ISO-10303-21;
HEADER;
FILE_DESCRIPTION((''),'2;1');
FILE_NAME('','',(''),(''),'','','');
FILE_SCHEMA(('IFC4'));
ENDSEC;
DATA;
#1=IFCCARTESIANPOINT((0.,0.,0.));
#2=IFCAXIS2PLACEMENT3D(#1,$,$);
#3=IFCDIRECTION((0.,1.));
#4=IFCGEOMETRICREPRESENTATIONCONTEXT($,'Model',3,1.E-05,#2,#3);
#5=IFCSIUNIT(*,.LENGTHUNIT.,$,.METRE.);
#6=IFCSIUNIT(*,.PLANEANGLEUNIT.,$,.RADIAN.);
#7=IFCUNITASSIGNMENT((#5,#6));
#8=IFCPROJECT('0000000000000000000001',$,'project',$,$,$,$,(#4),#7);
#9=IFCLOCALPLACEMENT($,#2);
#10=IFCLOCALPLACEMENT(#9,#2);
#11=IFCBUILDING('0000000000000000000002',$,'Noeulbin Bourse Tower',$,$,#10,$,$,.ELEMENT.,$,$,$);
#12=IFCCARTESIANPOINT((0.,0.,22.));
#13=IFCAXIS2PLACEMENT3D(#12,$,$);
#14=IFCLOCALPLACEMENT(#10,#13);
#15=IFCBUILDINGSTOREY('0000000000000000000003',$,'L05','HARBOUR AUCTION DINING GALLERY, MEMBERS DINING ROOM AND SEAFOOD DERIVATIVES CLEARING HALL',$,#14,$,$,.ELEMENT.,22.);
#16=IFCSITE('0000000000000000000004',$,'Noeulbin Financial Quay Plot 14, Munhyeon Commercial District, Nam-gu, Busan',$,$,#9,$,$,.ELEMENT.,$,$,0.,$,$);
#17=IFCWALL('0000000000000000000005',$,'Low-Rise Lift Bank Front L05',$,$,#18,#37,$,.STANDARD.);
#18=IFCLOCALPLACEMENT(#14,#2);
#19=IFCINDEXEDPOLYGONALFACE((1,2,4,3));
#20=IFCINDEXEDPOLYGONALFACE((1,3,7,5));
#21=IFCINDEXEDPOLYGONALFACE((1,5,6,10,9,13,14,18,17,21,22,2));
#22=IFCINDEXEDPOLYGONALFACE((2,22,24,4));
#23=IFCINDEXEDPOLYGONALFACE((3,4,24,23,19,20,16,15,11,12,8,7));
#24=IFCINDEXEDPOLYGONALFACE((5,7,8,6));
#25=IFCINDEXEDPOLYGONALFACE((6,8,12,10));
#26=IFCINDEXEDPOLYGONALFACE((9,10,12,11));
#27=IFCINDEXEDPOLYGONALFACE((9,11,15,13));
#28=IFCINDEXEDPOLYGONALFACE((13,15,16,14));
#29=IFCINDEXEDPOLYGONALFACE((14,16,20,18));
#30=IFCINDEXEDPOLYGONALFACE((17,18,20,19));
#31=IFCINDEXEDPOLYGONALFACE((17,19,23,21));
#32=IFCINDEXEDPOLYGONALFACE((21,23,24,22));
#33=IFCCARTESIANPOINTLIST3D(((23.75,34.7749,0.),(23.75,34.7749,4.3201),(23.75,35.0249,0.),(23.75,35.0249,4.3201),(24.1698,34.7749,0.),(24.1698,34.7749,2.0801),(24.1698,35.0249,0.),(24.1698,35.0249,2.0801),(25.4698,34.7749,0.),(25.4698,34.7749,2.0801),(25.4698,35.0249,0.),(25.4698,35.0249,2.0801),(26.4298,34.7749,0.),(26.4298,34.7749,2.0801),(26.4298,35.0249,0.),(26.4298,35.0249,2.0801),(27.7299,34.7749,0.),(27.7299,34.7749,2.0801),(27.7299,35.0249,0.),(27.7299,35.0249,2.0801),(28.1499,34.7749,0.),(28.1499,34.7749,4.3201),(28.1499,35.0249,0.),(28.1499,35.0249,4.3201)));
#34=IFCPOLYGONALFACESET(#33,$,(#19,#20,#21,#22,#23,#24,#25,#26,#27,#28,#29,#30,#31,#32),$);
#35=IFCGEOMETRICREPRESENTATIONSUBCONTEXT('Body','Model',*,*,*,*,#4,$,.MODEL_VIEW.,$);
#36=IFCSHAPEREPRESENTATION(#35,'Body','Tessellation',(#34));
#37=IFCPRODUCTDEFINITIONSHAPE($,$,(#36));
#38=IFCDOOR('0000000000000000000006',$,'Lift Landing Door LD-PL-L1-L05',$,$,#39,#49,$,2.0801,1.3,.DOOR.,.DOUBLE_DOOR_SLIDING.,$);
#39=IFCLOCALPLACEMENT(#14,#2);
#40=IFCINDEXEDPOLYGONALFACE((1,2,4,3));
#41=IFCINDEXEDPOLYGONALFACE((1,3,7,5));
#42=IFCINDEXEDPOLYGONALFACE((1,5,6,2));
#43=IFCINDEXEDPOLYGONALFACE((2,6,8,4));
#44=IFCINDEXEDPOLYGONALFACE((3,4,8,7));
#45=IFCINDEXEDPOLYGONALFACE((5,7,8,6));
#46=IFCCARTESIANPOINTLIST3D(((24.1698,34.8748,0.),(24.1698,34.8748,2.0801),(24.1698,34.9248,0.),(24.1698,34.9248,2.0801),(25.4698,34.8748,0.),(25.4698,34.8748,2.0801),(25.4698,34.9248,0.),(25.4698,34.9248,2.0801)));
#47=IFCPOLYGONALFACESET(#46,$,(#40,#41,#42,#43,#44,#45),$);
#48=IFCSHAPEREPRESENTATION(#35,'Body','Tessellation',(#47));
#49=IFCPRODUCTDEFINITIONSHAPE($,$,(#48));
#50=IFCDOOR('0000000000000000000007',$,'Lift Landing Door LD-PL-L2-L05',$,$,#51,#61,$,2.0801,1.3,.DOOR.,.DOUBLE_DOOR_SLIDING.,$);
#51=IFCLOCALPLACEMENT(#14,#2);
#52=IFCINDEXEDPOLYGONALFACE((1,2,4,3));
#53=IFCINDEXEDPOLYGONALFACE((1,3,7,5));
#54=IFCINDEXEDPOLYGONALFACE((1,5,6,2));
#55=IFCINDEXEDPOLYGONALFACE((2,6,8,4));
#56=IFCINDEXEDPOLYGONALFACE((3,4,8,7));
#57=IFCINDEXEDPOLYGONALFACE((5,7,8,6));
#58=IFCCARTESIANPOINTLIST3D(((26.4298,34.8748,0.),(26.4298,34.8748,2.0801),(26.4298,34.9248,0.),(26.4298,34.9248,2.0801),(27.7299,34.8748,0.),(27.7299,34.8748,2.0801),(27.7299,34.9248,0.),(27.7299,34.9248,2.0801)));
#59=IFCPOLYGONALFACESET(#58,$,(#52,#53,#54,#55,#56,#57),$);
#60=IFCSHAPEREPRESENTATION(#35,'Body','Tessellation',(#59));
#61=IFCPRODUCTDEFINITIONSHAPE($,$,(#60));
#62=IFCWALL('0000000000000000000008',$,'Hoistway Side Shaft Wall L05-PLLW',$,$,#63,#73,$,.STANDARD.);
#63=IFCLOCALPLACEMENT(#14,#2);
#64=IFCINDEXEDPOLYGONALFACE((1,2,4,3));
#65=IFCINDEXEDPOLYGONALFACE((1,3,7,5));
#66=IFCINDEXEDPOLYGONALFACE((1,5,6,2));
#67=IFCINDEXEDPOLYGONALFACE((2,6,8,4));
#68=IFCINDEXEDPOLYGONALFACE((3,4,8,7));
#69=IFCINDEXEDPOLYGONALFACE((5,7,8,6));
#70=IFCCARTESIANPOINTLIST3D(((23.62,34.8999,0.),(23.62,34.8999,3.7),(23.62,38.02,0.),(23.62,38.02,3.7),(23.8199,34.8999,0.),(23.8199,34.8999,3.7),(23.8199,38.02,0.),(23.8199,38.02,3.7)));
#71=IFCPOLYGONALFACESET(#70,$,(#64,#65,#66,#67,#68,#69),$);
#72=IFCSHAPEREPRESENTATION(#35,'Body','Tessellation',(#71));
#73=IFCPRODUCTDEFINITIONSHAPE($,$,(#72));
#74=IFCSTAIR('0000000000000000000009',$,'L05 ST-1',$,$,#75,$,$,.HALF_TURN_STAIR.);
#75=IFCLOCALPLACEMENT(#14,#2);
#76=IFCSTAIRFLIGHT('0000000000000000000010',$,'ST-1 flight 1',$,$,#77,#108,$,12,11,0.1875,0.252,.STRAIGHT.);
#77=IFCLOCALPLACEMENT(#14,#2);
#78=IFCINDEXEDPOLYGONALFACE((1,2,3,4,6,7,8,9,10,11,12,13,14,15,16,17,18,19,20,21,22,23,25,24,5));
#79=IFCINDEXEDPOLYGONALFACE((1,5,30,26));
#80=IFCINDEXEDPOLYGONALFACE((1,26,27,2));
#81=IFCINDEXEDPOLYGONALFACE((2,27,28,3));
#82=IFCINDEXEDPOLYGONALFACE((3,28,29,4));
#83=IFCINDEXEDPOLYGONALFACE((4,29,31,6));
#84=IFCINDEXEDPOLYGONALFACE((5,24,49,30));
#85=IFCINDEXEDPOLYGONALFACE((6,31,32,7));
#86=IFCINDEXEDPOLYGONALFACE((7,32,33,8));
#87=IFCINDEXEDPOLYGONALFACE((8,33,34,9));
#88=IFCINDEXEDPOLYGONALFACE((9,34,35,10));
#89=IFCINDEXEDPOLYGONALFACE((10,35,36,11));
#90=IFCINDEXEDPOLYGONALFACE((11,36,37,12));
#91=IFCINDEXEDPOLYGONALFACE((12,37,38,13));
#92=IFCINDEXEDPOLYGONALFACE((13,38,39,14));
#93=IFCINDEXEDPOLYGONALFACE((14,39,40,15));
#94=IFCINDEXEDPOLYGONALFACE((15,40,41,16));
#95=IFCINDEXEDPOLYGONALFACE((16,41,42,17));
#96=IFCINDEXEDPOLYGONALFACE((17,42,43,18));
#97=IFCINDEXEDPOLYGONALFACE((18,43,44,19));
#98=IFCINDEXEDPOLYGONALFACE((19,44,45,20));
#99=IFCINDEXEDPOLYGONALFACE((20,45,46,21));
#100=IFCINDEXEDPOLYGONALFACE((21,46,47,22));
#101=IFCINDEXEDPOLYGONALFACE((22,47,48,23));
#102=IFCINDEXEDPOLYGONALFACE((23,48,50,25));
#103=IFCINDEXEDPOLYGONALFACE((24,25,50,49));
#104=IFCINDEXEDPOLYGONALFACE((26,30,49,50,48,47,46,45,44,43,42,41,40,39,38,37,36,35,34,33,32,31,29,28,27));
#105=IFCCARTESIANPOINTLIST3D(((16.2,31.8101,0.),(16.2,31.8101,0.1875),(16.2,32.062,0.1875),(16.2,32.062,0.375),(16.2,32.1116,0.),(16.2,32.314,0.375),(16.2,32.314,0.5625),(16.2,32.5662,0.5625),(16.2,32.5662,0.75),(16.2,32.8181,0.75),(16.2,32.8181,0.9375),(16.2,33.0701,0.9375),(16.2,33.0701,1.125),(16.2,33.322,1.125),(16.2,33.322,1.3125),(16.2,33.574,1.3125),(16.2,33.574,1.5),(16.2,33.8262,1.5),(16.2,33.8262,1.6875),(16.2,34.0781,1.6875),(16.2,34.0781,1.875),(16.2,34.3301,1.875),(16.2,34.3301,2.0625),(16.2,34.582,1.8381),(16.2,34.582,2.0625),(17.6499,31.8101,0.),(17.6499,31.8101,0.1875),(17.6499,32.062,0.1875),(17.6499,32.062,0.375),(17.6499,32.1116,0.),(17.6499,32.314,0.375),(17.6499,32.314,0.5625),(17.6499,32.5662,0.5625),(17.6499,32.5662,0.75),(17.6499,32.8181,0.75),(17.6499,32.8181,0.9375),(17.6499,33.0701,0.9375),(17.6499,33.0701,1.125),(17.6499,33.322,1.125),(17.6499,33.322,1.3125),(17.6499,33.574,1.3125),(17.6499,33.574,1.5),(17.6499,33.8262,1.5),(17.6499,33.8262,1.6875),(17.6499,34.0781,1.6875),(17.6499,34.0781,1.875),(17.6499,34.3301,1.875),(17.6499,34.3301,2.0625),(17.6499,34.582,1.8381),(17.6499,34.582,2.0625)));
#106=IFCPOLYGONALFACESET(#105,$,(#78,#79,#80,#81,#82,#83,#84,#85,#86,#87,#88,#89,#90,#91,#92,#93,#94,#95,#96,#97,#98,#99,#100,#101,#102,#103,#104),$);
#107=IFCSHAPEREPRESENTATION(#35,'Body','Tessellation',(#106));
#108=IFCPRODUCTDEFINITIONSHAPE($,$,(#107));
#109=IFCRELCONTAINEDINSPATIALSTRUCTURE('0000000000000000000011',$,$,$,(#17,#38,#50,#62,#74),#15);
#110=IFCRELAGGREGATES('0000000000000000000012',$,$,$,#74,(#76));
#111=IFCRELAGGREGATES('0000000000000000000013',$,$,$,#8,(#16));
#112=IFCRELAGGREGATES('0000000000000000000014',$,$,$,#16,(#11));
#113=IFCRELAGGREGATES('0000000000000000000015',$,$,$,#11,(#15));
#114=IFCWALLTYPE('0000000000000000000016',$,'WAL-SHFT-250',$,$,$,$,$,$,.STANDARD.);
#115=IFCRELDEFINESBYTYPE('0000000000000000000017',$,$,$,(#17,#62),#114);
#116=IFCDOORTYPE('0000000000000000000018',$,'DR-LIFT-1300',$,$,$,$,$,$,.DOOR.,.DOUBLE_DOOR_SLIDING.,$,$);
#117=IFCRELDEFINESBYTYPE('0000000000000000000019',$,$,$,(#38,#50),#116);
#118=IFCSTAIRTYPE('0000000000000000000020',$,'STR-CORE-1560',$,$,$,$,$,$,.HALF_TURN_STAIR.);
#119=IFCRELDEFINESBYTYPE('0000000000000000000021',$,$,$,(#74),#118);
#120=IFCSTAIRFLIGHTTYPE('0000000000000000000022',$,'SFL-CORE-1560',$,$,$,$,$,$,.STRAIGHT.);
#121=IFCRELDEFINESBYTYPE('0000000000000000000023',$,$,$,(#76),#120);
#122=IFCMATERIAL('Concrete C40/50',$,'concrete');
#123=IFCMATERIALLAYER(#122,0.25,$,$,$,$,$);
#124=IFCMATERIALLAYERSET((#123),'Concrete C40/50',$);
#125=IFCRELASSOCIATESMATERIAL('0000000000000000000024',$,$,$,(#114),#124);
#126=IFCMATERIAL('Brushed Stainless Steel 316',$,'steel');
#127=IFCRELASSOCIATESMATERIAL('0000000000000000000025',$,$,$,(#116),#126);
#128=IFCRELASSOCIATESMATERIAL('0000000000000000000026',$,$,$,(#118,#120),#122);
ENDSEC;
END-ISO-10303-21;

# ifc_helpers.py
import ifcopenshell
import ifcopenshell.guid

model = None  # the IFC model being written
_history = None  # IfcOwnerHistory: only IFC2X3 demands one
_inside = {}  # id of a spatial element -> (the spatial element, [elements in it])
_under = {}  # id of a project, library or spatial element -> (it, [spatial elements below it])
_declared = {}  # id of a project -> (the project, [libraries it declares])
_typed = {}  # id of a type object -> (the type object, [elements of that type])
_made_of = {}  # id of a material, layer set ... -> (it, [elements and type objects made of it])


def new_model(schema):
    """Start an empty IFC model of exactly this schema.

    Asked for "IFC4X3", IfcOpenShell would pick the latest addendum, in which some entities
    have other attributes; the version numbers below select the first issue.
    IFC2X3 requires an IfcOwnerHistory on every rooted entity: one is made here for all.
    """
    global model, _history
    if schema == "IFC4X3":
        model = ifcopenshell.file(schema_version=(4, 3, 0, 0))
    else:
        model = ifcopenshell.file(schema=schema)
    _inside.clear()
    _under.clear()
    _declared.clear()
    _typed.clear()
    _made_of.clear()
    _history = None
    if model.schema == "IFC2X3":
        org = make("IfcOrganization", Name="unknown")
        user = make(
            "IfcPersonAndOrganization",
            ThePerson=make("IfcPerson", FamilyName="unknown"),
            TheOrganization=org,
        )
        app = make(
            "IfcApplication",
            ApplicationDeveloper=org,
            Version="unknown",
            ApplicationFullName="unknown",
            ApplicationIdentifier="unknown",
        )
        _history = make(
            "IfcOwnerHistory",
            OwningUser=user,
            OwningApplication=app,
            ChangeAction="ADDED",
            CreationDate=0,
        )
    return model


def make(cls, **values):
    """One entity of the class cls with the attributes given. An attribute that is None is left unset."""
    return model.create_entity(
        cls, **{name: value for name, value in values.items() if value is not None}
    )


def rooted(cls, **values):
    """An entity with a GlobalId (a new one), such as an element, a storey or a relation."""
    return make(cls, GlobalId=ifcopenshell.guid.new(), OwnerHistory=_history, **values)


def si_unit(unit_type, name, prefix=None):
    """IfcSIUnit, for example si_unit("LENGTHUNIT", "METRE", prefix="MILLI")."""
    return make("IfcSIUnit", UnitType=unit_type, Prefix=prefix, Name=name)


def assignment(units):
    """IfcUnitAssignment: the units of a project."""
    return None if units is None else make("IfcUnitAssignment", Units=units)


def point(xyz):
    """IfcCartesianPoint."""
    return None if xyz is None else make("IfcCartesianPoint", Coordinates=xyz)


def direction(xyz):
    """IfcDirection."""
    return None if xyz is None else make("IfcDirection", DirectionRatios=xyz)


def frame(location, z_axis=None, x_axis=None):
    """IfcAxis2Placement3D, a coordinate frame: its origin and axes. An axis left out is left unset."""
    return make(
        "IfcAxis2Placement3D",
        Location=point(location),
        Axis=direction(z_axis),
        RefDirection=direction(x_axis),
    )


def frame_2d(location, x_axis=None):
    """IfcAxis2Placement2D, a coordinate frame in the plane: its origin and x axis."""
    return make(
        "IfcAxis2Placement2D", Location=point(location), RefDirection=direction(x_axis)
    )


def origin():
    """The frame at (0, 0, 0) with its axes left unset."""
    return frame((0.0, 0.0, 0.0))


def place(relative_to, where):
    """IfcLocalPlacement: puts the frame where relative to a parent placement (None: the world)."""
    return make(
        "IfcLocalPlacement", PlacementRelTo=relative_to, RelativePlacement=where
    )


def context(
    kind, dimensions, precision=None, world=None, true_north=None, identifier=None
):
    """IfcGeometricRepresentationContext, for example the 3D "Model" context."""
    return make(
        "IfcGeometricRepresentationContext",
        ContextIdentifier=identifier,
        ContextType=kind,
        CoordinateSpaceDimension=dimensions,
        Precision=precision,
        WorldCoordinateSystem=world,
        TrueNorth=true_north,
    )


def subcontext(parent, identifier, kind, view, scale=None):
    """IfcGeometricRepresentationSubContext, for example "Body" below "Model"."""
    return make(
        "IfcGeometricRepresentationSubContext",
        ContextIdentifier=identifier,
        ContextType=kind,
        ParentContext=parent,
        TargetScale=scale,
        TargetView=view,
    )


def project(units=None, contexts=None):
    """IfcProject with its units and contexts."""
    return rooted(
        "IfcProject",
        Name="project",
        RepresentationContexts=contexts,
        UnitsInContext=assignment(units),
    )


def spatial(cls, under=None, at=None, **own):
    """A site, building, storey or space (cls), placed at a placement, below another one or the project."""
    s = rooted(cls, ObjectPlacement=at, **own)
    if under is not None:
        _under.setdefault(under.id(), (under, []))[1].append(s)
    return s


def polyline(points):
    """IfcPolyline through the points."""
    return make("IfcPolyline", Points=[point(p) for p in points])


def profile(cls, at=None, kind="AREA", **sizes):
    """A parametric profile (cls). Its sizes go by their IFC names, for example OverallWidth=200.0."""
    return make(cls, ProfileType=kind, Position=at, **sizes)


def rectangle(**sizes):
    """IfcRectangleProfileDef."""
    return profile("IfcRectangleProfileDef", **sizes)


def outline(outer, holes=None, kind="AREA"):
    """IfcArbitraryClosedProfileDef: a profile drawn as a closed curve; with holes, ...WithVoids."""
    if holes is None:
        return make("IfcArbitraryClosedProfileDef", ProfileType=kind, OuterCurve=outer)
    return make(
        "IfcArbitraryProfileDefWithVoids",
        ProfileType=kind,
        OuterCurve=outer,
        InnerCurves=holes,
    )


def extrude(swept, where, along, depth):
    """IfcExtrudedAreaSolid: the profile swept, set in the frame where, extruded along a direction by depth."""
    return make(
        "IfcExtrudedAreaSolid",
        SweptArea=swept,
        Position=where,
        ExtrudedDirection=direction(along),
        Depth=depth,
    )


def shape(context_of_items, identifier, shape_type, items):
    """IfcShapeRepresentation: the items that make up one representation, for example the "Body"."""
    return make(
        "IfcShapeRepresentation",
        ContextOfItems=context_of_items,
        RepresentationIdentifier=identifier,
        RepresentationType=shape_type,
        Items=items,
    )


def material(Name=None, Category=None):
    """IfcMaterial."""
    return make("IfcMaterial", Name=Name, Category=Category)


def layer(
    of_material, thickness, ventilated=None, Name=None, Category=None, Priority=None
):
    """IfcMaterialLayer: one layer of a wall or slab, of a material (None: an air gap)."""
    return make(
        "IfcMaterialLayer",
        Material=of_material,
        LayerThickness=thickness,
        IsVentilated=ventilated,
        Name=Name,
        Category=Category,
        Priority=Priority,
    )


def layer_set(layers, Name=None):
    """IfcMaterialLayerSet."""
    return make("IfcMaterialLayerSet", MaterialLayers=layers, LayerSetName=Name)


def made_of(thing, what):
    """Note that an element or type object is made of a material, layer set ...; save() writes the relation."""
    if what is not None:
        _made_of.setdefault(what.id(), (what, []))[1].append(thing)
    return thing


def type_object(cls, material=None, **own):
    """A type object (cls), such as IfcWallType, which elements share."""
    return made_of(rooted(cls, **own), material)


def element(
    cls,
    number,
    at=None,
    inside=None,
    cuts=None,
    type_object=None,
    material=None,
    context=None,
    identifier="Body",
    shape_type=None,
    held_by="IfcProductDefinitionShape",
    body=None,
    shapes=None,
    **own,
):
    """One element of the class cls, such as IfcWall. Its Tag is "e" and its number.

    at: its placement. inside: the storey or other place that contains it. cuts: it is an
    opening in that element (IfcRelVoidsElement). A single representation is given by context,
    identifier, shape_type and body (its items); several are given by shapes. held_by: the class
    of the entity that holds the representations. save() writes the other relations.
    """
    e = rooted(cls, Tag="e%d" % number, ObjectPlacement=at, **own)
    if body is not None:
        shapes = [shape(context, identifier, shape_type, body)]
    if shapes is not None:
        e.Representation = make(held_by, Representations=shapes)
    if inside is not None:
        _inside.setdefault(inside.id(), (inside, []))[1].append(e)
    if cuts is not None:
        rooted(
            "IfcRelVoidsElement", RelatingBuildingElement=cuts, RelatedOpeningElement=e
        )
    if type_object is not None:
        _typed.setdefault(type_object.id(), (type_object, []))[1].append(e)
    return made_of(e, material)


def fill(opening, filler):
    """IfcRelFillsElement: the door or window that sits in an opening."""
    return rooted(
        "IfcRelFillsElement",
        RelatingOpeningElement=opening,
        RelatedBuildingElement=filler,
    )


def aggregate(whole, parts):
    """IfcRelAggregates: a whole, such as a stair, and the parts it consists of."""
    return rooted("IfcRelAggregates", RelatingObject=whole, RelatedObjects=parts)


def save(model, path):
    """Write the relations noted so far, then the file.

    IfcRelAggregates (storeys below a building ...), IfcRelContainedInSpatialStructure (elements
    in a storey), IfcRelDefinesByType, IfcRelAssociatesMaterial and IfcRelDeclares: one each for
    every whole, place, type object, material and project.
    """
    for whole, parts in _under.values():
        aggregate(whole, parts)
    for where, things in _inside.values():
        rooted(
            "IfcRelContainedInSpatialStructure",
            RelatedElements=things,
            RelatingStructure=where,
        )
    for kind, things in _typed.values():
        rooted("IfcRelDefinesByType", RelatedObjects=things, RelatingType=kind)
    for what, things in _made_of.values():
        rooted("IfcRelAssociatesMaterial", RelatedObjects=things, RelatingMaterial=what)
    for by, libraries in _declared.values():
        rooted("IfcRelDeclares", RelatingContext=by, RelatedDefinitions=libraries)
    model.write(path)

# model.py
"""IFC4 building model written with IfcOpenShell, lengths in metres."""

from ifc_helpers import new_model, si_unit, direction, frame, frame_2d, origin, place, context, subcontext, project, spatial, polyline, rectangle, outline, extrude, material, layer, layer_set, type_object, element, fill, aggregate, save


model = new_model("IFC4")

# Units and contexts
model_context = context("Model", 3, precision=1e-05, world=origin(), true_north=direction((0.0, 1.0)))
body_context = subcontext(model_context, "Body", "Model", "MODEL_VIEW")
ifc_project = project(units=[si_unit("LENGTHUNIT", "METRE"), si_unit("PLANEANGLEUNIT", "RADIAN")], contexts=[model_context])

# Site, building, storey
site_placement = place(None, origin())
site = spatial("IfcSite", under=ifc_project, at=site_placement, Name="Noeulbin Financial Quay Plot 14, Munhyeon Commercial District, Nam-gu, Busan", CompositionType="ELEMENT", RefElevation=0.0)
building_placement = place(site_placement, origin())
building = spatial("IfcBuilding", under=site, at=building_placement, Name="Noeulbin Bourse Tower", CompositionType="ELEMENT")
storey_placement = place(building_placement, frame((0.0, 0.0, 22.0)))
storey = spatial("IfcBuildingStorey", under=building, at=storey_placement, Name="L05", Description="HARBOUR AUCTION DINING GALLERY, MEMBERS DINING ROOM AND SEAFOOD DERIVATIVES CLEARING HALL", CompositionType="ELEMENT", Elevation=22.0)

# Shared definitions
ifc_material_1 = material(Name="Concrete C40/50", Category="concrete")
ifc_layer_1 = layer(ifc_material_1, 0.25)
ifc_layer_set_1 = layer_set([ifc_layer_1], Name="Concrete C40/50")
wall_type_1 = type_object("IfcWallType", Name="WAL-SHFT-250", PredefinedType="STANDARD", material=ifc_layer_set_1)

# Shared definitions
ifc_material_2 = material(Name="Brushed Stainless Steel 316", Category="steel")

# Wall, openings, doors
wall_1_placement = place(storey_placement, frame((23.75, 34.8999, 0.0), z_axis=(0.0, 0.0, 1.0), x_axis=(1.0, 0.0, 0.0)))
wall_1 = element("IfcWall", 1, at=wall_1_placement, inside=storey, type_object=wall_type_1, Name="Low-Rise Lift Bank Front L05", PredefinedType="STANDARD", context=body_context, shape_type="SweptSolid", body=[
    extrude(rectangle(XDim=4.3999, YDim=0.25, at=frame_2d((2.2, 0.0))), origin(), (0.0, 0.0, 1.0), 4.3201),
])
opening_1_placement = place(wall_1_placement, frame((0.4199, 0.0, 0.0)))
opening_1 = element("IfcOpeningElement", 2, at=opening_1_placement, cuts=wall_1, PredefinedType="OPENING", context=body_context, shape_type="SweptSolid", body=[
    extrude(rectangle(XDim=1.3, YDim=2.0801, at=frame_2d((0.6499, 1.04))), frame((0.0, 0.135, 0.0), z_axis=(0.0, -1.0, 0.0), x_axis=(1.0, 0.0, 0.0)), (0.0, 0.0, 1.0), 0.27),
])
opening_2_placement = place(wall_1_placement, frame((2.6799, 0.0, 0.0)))
opening_2 = element("IfcOpeningElement", 3, at=opening_2_placement, cuts=wall_1, PredefinedType="OPENING", context=body_context, shape_type="SweptSolid", body=[
    extrude(rectangle(XDim=1.3, YDim=2.0801, at=frame_2d((0.6499, 1.04))), frame((0.0, 0.135, 0.0), z_axis=(0.0, -1.0, 0.0), x_axis=(1.0, 0.0, 0.0)), (0.0, 0.0, 1.0), 0.27),
])
door_type_1 = type_object("IfcDoorType", Name="DR-LIFT-1300", OperationType="DOUBLE_DOOR_SLIDING", PredefinedType="DOOR", material=ifc_material_2)
door_1_placement = place(opening_1_placement, origin())
door_1 = element("IfcDoor", 4, at=door_1_placement, inside=storey, type_object=door_type_1, Name="Lift Landing Door LD-PL-L1-L05", OperationType="DOUBLE_DOOR_SLIDING", OverallHeight=2.0801, OverallWidth=1.3, PredefinedType="DOOR", context=body_context, shape_type="SweptSolid", body=[
    extrude(rectangle(XDim=1.3, YDim=2.0801, at=frame_2d((0.6499, 1.04))), frame((0.0, 0.0249, 0.0), z_axis=(0.0, -1.0, 0.0), x_axis=(1.0, 0.0, 0.0)), (0.0, 0.0, 1.0), 0.05),
])
fill(opening_1, door_1)
door_2_placement = place(opening_2_placement, origin())
door_2 = element("IfcDoor", 5, at=door_2_placement, inside=storey, type_object=door_type_1, Name="Lift Landing Door LD-PL-L2-L05", OperationType="DOUBLE_DOOR_SLIDING", OverallHeight=2.0801, OverallWidth=1.3, PredefinedType="DOOR", context=body_context, shape_type="SweptSolid", body=[
    extrude(rectangle(XDim=1.3, YDim=2.0801, at=frame_2d((0.6499, 1.04))), frame((0.0, 0.0249, 0.0), z_axis=(0.0, -1.0, 0.0), x_axis=(1.0, 0.0, 0.0)), (0.0, 0.0, 1.0), 0.05),
])
fill(opening_2, door_2)

# Wall
wall_2_placement = place(storey_placement, frame((23.72, 34.8999, 0.0), z_axis=(0.0, 0.0, 1.0), x_axis=(0.0, 1.0, 0.0)))
element("IfcWall", 6, at=wall_2_placement, inside=storey, type_object=wall_type_1, Name="Hoistway Side Shaft Wall L05-PLLW", PredefinedType="STANDARD", context=body_context, shape_type="SweptSolid", body=[
    extrude(rectangle(XDim=3.1201, YDim=0.2, at=frame_2d((1.5601, 0.0))), origin(), (0.0, 0.0, 1.0), 3.7),
])

# Stair, stair flight
stair_type = type_object("IfcStairType", Name="STR-CORE-1560", PredefinedType="HALF_TURN_STAIR", material=ifc_material_1)
stair_placement = place(storey_placement, origin())
stair = element("IfcStair", 7, at=stair_placement, inside=storey, type_object=stair_type, Name="L05 ST-1", PredefinedType="HALF_TURN_STAIR")
stair_flight_type = type_object("IfcStairFlightType", Name="SFL-CORE-1560", PredefinedType="STRAIGHT", material=ifc_material_1)
stair_flight_placement = place(storey_placement, frame((16.925, 31.8101, 0.0), z_axis=(0.0, 0.0, 1.0), x_axis=(0.0, 1.0, 0.0)))
stair_flight = element("IfcStairFlight", 8, at=stair_flight_placement, type_object=stair_flight_type, Name="ST-1 flight 1", NumberOfRisers=12, NumberOfTreads=11, PredefinedType="STRAIGHT", RiserHeight=0.1875, TreadLength=0.252, context=body_context, shape_type="SweptSolid", body=[
    extrude(outline(polyline([(0.0, 0.0), (0.0, 0.1875), (0.252, 0.1875), (0.252, 0.375), (0.5039, 0.375), (0.5039, 0.5625), (0.7561, 0.5625), (0.7561, 0.75), (1.0081, 0.75), (1.0081, 0.9375), (1.26, 0.9375), (1.26, 1.125), (1.512, 1.125), (1.512, 1.3125), (1.7639, 1.3125), (1.7639, 1.5), (2.0161, 1.5), (2.0161, 1.6875), (2.2681, 1.6875), (2.2681, 1.875), (2.52, 1.875), (2.52, 2.0625), (2.772, 2.0625), (2.772, 2.25), (2.772, 1.8381), (0.3015, 0.0), (0.0, 0.0)])), frame((0.0, 0.7251, 0.0), z_axis=(0.0, -1.0, 0.0), x_axis=(1.0, 0.0, 0.0)), (0.0, 0.0, 1.0), 1.45),
])
aggregate(stair, [stair_flight])

save(model, "model.ifc")
